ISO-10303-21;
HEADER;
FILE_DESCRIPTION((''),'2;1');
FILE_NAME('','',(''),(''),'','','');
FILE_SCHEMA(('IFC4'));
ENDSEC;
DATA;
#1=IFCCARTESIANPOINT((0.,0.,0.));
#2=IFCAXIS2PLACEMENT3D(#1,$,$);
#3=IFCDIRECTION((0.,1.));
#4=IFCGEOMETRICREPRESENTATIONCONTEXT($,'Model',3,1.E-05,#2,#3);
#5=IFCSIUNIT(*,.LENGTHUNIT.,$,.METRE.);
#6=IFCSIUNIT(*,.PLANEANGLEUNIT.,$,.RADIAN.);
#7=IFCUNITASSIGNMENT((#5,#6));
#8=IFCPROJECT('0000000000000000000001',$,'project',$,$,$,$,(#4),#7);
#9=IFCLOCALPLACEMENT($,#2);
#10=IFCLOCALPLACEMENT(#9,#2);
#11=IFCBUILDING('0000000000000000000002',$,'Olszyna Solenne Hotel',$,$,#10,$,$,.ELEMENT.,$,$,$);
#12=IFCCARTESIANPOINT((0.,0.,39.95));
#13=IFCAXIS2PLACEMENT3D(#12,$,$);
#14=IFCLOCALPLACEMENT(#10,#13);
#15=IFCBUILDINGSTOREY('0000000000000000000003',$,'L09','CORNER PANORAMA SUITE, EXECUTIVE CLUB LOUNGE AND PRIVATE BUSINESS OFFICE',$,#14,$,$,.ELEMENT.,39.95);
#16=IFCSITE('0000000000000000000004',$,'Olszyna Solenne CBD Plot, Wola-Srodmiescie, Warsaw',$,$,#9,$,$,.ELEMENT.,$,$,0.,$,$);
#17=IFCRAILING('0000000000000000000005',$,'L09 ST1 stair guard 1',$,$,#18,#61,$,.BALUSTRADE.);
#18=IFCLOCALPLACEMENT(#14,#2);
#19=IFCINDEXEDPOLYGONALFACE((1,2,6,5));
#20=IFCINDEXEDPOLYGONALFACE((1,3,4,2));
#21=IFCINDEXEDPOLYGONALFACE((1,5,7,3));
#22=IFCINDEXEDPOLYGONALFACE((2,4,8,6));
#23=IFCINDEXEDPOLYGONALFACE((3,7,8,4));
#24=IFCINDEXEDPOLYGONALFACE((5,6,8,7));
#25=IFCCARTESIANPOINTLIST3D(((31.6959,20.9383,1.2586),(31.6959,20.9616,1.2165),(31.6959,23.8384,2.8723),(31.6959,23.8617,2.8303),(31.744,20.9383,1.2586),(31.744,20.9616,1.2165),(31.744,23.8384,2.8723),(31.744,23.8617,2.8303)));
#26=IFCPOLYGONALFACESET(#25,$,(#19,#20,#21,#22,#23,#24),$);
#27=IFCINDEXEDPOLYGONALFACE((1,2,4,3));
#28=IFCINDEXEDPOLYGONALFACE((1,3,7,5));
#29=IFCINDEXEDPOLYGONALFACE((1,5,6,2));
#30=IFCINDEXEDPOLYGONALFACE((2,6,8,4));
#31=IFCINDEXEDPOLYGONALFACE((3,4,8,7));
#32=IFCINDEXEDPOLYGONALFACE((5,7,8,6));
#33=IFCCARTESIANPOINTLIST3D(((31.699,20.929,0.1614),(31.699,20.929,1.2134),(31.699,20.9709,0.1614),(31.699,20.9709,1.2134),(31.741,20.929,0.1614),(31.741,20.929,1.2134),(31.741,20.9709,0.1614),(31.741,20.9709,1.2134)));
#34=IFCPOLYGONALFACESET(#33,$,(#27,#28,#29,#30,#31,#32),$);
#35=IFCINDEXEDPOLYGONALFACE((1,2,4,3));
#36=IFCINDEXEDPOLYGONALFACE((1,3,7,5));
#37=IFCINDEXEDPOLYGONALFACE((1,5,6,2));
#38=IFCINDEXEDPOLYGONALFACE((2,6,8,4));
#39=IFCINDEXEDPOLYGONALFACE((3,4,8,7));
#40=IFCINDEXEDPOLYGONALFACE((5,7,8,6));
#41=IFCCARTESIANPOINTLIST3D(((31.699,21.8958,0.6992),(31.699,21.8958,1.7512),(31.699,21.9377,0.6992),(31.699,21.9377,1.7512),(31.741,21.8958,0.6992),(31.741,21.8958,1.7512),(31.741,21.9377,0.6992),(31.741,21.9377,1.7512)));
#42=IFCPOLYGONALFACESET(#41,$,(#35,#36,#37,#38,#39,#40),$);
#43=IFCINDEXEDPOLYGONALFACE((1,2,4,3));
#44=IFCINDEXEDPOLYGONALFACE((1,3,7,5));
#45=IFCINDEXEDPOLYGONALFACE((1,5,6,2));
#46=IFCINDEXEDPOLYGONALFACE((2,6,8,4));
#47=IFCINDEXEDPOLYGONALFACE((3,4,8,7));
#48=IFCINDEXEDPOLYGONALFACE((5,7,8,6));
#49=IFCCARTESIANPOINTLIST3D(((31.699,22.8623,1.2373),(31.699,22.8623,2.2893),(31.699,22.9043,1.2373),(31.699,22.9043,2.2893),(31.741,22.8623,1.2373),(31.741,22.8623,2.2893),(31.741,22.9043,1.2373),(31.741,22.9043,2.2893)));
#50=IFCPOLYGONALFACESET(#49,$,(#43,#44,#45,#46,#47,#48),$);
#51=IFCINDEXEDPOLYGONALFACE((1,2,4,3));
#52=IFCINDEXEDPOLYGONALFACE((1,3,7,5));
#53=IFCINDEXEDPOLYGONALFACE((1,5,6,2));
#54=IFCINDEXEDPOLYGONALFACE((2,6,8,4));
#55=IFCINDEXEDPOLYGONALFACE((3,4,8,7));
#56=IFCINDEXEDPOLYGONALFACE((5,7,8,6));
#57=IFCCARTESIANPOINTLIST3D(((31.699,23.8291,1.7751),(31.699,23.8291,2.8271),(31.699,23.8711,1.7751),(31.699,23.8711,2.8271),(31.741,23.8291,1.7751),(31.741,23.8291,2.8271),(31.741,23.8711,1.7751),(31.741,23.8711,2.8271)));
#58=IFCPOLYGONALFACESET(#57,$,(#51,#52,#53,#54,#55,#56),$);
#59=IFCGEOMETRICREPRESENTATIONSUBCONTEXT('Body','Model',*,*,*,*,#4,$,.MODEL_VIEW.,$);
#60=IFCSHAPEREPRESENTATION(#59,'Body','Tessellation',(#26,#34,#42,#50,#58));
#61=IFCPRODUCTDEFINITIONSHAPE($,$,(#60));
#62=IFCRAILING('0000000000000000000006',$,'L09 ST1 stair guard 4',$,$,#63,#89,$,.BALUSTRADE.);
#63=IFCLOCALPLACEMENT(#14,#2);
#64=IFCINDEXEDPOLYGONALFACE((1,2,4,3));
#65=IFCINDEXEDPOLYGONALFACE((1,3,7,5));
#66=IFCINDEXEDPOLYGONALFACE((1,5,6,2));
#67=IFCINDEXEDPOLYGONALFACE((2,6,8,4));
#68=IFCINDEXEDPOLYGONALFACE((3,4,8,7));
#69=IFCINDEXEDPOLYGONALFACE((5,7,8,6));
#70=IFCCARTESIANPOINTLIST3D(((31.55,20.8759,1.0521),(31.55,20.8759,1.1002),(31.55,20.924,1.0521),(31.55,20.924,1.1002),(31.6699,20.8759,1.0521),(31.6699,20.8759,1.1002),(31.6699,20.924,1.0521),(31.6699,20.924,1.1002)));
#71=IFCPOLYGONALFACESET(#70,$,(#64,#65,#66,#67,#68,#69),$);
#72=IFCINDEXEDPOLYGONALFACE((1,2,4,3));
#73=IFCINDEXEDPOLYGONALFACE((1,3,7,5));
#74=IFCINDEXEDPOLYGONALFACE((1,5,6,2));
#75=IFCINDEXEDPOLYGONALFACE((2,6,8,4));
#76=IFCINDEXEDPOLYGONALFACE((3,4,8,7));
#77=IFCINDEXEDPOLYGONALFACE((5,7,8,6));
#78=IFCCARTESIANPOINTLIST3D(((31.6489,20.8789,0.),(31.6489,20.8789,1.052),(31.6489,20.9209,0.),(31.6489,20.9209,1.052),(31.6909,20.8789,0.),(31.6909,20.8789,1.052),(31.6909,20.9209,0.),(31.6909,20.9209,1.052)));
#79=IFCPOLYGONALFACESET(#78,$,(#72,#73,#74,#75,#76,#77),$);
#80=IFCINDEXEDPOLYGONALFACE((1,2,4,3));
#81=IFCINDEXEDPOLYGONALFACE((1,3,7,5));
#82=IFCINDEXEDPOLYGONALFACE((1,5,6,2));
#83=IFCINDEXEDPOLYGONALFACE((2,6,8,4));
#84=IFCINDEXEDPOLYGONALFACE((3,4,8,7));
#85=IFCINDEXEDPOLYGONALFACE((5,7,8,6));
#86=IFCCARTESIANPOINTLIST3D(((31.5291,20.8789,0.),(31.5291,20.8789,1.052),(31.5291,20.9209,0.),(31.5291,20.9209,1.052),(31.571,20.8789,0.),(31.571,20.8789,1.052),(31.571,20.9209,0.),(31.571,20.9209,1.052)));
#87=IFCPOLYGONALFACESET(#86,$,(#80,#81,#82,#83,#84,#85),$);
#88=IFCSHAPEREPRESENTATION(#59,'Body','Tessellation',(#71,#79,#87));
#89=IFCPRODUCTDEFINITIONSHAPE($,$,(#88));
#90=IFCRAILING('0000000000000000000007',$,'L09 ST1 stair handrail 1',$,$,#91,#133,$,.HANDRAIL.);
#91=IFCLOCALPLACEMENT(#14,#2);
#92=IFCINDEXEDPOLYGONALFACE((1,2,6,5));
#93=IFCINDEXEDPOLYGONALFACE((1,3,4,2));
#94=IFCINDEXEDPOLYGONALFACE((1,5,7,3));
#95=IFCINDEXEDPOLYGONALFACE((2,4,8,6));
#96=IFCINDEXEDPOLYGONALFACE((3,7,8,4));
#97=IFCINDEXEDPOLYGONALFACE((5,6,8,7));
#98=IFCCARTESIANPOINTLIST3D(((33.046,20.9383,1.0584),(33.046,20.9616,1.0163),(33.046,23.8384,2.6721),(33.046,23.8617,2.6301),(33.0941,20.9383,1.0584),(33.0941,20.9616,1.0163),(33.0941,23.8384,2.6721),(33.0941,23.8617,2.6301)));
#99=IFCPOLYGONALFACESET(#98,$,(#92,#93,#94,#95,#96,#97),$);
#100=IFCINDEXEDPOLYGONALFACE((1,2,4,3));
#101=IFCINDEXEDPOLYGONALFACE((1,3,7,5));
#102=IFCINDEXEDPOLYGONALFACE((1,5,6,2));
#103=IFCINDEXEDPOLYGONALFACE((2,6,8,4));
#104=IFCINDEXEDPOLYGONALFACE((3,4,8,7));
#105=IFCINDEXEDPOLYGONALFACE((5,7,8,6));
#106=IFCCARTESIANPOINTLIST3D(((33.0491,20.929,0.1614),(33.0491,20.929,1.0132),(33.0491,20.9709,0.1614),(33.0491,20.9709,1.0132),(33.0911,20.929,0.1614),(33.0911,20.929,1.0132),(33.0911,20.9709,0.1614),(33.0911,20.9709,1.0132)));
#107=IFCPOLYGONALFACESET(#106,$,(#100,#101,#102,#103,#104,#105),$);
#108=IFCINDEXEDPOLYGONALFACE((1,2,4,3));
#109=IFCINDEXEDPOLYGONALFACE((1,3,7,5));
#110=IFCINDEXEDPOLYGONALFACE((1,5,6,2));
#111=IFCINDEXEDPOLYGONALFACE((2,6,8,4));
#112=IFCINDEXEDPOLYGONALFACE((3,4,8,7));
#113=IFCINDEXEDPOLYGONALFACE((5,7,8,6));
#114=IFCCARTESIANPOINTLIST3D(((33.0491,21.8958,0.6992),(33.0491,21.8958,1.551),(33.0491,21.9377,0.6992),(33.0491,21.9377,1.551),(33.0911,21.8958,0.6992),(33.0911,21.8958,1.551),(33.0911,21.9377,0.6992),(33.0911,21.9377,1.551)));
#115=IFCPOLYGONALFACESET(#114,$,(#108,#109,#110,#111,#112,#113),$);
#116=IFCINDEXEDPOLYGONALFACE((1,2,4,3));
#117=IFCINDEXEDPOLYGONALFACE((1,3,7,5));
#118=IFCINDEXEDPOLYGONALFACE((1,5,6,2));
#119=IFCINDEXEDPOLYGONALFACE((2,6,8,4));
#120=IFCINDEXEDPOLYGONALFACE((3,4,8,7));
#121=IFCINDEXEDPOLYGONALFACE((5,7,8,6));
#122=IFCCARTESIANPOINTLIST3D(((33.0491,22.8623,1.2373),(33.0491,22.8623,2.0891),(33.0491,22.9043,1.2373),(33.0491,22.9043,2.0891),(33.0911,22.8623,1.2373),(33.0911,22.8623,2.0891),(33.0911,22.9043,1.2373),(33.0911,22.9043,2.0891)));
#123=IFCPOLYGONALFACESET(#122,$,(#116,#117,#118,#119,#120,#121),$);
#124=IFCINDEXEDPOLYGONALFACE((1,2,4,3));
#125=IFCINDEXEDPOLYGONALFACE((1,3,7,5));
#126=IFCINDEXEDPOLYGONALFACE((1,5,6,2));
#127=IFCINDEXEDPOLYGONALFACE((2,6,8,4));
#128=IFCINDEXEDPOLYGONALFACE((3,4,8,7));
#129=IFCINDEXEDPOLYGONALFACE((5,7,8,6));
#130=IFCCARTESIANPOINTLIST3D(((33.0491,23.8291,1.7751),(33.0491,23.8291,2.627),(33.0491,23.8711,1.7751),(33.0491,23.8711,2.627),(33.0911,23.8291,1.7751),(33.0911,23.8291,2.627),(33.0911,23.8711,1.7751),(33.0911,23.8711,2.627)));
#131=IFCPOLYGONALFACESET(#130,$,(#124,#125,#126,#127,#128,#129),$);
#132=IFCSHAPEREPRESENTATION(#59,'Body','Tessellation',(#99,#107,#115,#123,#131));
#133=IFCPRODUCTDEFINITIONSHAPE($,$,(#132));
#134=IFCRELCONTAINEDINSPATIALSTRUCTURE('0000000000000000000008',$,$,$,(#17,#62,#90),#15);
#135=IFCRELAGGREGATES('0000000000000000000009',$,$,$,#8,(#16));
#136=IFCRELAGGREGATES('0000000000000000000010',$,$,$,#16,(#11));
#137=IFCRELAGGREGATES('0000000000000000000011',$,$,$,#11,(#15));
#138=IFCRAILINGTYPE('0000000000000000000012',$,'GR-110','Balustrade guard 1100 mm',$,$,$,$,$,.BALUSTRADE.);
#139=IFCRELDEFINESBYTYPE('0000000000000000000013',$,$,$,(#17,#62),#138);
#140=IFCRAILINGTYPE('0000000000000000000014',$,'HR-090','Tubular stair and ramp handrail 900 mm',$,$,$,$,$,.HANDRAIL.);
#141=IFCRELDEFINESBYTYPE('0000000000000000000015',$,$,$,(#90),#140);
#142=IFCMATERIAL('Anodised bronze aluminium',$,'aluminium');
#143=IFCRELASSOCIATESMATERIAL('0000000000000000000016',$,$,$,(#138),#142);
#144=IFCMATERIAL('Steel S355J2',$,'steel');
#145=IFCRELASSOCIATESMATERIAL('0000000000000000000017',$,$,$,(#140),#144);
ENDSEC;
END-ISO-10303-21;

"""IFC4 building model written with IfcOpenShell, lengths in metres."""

from ifc_helpers import new_model, si_unit, direction, frame, origin, origin_2d, place, context, subcontext, project, spatial, rectangle, extrude, material, type_object, element, save


model = new_model("IFC4")

# Units and contexts
model_context = context("Model", 3, precision=1e-05, world=origin(), true_north=direction((0.0, 1.0)))
body_context = subcontext(model_context, "Body", "Model", "MODEL_VIEW")
ifc_project = project(units=[si_unit("LENGTHUNIT", "METRE"), si_unit("PLANEANGLEUNIT", "RADIAN")], contexts=[model_context])

# Site, building, storey
site_placement = place(None, origin())
site = spatial("IfcSite", under=ifc_project, at=site_placement, Name="Olszyna Solenne CBD Plot, Wola-Srodmiescie, Warsaw", CompositionType="ELEMENT", RefElevation=0.0)
building_placement = place(site_placement, origin())
building = spatial("IfcBuilding", under=site, at=building_placement, Name="Olszyna Solenne Hotel", CompositionType="ELEMENT")
storey_placement = place(building_placement, frame((0.0, 0.0, 39.95)))
storey = spatial("IfcBuildingStorey", under=building, at=storey_placement, Name="L09", Description="CORNER PANORAMA SUITE, EXECUTIVE CLUB LOUNGE AND PRIVATE BUSINESS OFFICE", CompositionType="ELEMENT", Elevation=39.95)

# Shared definitions
ifc_material_1 = material(Name="Steel S355J2", Category="steel")

# Shared definitions
ifc_material_2 = material(Name="Anodised bronze aluminium", Category="aluminium")

# Railings
railing_type_1 = type_object("IfcRailingType", Name="GR-110", Description="Balustrade guard 1100 mm", PredefinedType="BALUSTRADE", material=ifc_material_2)
railing_1_placement = place(storey_placement, frame((31.72, 20.95, 0.1614)))
element("IfcRailing", 1, at=railing_1_placement, inside=storey, type_object=railing_type_1, Name="L09 ST1 stair guard 1", PredefinedType="BALUSTRADE", context=body_context, shape_type="SweptSolid", body=[
    extrude(rectangle(XDim=0.0481, YDim=0.0481, at=origin_2d()), frame((0.0, 0.0, 1.0762), z_axis=(0.0, 0.873827, 0.486236), x_axis=(-1.0, 0.0, 0.0)), (0.0, 0.0, 1.0), 3.3188),
    extrude(rectangle(XDim=0.042, YDim=0.042, at=origin_2d()), origin(), (0.0, 0.0, 1.0), 1.052),
    extrude(rectangle(XDim=0.042, YDim=0.042, at=origin_2d()), frame((0.0, 0.9668, 0.5378)), (0.0, 0.0, 1.0), 1.052),
    extrude(rectangle(XDim=0.042, YDim=0.042, at=origin_2d()), frame((0.0, 1.9333, 1.0759)), (0.0, 0.0, 1.0), 1.052),
    extrude(rectangle(XDim=0.042, YDim=0.042, at=origin_2d()), frame((0.0, 2.9001, 1.6138)), (0.0, 0.0, 1.0), 1.052),
])
railing_2_placement = place(storey_placement, frame((31.6699, 20.8999, 0.0)))
element("IfcRailing", 2, at=railing_2_placement, inside=storey, type_object=railing_type_1, Name="L09 ST1 stair guard 4", PredefinedType="BALUSTRADE", context=body_context, shape_type="SweptSolid", body=[
    extrude(rectangle(XDim=0.0481, YDim=0.0481, at=origin_2d()), frame((0.0, 0.0, 1.0762), z_axis=(-1.0, 0.0, 0.0), x_axis=(0.0, -1.0, 0.0)), (0.0, 0.0, 1.0), 0.1199),
    extrude(rectangle(XDim=0.042, YDim=0.042, at=origin_2d()), origin(), (0.0, 0.0, 1.0), 1.052),
    extrude(rectangle(XDim=0.042, YDim=0.042, at=origin_2d()), frame((-0.1199, 0.0, 0.0)), (0.0, 0.0, 1.0), 1.052),
])
railing_type_2 = type_object("IfcRailingType", Name="HR-090", Description="Tubular stair and ramp handrail 900 mm", PredefinedType="HANDRAIL", material=ifc_material_1)
railing_3_placement = place(storey_placement, frame((33.0701, 20.95, 0.1614)))
element("IfcRailing", 3, at=railing_3_placement, inside=storey, type_object=railing_type_2, Name="L09 ST1 stair handrail 1", PredefinedType="HANDRAIL", context=body_context, shape_type="SweptSolid", body=[
    extrude(rectangle(XDim=0.0481, YDim=0.0481, at=origin_2d()), frame((0.0, 0.0, 0.876), z_axis=(0.0, 0.873827, 0.486236), x_axis=(-1.0, 0.0, 0.0)), (0.0, 0.0, 1.0), 3.3188),
    extrude(rectangle(XDim=0.042, YDim=0.042, at=origin_2d()), origin(), (0.0, 0.0, 1.0), 0.8518),
    extrude(rectangle(XDim=0.042, YDim=0.042, at=origin_2d()), frame((0.0, 0.9668, 0.5378)), (0.0, 0.0, 1.0), 0.8518),
    extrude(rectangle(XDim=0.042, YDim=0.042, at=origin_2d()), frame((0.0, 1.9333, 1.0759)), (0.0, 0.0, 1.0), 0.8518),
    extrude(rectangle(XDim=0.042, YDim=0.042, at=origin_2d()), frame((0.0, 2.9001, 1.6138)), (0.0, 0.0, 1.0), 0.8518),
])

save(model, "model.ifc")
